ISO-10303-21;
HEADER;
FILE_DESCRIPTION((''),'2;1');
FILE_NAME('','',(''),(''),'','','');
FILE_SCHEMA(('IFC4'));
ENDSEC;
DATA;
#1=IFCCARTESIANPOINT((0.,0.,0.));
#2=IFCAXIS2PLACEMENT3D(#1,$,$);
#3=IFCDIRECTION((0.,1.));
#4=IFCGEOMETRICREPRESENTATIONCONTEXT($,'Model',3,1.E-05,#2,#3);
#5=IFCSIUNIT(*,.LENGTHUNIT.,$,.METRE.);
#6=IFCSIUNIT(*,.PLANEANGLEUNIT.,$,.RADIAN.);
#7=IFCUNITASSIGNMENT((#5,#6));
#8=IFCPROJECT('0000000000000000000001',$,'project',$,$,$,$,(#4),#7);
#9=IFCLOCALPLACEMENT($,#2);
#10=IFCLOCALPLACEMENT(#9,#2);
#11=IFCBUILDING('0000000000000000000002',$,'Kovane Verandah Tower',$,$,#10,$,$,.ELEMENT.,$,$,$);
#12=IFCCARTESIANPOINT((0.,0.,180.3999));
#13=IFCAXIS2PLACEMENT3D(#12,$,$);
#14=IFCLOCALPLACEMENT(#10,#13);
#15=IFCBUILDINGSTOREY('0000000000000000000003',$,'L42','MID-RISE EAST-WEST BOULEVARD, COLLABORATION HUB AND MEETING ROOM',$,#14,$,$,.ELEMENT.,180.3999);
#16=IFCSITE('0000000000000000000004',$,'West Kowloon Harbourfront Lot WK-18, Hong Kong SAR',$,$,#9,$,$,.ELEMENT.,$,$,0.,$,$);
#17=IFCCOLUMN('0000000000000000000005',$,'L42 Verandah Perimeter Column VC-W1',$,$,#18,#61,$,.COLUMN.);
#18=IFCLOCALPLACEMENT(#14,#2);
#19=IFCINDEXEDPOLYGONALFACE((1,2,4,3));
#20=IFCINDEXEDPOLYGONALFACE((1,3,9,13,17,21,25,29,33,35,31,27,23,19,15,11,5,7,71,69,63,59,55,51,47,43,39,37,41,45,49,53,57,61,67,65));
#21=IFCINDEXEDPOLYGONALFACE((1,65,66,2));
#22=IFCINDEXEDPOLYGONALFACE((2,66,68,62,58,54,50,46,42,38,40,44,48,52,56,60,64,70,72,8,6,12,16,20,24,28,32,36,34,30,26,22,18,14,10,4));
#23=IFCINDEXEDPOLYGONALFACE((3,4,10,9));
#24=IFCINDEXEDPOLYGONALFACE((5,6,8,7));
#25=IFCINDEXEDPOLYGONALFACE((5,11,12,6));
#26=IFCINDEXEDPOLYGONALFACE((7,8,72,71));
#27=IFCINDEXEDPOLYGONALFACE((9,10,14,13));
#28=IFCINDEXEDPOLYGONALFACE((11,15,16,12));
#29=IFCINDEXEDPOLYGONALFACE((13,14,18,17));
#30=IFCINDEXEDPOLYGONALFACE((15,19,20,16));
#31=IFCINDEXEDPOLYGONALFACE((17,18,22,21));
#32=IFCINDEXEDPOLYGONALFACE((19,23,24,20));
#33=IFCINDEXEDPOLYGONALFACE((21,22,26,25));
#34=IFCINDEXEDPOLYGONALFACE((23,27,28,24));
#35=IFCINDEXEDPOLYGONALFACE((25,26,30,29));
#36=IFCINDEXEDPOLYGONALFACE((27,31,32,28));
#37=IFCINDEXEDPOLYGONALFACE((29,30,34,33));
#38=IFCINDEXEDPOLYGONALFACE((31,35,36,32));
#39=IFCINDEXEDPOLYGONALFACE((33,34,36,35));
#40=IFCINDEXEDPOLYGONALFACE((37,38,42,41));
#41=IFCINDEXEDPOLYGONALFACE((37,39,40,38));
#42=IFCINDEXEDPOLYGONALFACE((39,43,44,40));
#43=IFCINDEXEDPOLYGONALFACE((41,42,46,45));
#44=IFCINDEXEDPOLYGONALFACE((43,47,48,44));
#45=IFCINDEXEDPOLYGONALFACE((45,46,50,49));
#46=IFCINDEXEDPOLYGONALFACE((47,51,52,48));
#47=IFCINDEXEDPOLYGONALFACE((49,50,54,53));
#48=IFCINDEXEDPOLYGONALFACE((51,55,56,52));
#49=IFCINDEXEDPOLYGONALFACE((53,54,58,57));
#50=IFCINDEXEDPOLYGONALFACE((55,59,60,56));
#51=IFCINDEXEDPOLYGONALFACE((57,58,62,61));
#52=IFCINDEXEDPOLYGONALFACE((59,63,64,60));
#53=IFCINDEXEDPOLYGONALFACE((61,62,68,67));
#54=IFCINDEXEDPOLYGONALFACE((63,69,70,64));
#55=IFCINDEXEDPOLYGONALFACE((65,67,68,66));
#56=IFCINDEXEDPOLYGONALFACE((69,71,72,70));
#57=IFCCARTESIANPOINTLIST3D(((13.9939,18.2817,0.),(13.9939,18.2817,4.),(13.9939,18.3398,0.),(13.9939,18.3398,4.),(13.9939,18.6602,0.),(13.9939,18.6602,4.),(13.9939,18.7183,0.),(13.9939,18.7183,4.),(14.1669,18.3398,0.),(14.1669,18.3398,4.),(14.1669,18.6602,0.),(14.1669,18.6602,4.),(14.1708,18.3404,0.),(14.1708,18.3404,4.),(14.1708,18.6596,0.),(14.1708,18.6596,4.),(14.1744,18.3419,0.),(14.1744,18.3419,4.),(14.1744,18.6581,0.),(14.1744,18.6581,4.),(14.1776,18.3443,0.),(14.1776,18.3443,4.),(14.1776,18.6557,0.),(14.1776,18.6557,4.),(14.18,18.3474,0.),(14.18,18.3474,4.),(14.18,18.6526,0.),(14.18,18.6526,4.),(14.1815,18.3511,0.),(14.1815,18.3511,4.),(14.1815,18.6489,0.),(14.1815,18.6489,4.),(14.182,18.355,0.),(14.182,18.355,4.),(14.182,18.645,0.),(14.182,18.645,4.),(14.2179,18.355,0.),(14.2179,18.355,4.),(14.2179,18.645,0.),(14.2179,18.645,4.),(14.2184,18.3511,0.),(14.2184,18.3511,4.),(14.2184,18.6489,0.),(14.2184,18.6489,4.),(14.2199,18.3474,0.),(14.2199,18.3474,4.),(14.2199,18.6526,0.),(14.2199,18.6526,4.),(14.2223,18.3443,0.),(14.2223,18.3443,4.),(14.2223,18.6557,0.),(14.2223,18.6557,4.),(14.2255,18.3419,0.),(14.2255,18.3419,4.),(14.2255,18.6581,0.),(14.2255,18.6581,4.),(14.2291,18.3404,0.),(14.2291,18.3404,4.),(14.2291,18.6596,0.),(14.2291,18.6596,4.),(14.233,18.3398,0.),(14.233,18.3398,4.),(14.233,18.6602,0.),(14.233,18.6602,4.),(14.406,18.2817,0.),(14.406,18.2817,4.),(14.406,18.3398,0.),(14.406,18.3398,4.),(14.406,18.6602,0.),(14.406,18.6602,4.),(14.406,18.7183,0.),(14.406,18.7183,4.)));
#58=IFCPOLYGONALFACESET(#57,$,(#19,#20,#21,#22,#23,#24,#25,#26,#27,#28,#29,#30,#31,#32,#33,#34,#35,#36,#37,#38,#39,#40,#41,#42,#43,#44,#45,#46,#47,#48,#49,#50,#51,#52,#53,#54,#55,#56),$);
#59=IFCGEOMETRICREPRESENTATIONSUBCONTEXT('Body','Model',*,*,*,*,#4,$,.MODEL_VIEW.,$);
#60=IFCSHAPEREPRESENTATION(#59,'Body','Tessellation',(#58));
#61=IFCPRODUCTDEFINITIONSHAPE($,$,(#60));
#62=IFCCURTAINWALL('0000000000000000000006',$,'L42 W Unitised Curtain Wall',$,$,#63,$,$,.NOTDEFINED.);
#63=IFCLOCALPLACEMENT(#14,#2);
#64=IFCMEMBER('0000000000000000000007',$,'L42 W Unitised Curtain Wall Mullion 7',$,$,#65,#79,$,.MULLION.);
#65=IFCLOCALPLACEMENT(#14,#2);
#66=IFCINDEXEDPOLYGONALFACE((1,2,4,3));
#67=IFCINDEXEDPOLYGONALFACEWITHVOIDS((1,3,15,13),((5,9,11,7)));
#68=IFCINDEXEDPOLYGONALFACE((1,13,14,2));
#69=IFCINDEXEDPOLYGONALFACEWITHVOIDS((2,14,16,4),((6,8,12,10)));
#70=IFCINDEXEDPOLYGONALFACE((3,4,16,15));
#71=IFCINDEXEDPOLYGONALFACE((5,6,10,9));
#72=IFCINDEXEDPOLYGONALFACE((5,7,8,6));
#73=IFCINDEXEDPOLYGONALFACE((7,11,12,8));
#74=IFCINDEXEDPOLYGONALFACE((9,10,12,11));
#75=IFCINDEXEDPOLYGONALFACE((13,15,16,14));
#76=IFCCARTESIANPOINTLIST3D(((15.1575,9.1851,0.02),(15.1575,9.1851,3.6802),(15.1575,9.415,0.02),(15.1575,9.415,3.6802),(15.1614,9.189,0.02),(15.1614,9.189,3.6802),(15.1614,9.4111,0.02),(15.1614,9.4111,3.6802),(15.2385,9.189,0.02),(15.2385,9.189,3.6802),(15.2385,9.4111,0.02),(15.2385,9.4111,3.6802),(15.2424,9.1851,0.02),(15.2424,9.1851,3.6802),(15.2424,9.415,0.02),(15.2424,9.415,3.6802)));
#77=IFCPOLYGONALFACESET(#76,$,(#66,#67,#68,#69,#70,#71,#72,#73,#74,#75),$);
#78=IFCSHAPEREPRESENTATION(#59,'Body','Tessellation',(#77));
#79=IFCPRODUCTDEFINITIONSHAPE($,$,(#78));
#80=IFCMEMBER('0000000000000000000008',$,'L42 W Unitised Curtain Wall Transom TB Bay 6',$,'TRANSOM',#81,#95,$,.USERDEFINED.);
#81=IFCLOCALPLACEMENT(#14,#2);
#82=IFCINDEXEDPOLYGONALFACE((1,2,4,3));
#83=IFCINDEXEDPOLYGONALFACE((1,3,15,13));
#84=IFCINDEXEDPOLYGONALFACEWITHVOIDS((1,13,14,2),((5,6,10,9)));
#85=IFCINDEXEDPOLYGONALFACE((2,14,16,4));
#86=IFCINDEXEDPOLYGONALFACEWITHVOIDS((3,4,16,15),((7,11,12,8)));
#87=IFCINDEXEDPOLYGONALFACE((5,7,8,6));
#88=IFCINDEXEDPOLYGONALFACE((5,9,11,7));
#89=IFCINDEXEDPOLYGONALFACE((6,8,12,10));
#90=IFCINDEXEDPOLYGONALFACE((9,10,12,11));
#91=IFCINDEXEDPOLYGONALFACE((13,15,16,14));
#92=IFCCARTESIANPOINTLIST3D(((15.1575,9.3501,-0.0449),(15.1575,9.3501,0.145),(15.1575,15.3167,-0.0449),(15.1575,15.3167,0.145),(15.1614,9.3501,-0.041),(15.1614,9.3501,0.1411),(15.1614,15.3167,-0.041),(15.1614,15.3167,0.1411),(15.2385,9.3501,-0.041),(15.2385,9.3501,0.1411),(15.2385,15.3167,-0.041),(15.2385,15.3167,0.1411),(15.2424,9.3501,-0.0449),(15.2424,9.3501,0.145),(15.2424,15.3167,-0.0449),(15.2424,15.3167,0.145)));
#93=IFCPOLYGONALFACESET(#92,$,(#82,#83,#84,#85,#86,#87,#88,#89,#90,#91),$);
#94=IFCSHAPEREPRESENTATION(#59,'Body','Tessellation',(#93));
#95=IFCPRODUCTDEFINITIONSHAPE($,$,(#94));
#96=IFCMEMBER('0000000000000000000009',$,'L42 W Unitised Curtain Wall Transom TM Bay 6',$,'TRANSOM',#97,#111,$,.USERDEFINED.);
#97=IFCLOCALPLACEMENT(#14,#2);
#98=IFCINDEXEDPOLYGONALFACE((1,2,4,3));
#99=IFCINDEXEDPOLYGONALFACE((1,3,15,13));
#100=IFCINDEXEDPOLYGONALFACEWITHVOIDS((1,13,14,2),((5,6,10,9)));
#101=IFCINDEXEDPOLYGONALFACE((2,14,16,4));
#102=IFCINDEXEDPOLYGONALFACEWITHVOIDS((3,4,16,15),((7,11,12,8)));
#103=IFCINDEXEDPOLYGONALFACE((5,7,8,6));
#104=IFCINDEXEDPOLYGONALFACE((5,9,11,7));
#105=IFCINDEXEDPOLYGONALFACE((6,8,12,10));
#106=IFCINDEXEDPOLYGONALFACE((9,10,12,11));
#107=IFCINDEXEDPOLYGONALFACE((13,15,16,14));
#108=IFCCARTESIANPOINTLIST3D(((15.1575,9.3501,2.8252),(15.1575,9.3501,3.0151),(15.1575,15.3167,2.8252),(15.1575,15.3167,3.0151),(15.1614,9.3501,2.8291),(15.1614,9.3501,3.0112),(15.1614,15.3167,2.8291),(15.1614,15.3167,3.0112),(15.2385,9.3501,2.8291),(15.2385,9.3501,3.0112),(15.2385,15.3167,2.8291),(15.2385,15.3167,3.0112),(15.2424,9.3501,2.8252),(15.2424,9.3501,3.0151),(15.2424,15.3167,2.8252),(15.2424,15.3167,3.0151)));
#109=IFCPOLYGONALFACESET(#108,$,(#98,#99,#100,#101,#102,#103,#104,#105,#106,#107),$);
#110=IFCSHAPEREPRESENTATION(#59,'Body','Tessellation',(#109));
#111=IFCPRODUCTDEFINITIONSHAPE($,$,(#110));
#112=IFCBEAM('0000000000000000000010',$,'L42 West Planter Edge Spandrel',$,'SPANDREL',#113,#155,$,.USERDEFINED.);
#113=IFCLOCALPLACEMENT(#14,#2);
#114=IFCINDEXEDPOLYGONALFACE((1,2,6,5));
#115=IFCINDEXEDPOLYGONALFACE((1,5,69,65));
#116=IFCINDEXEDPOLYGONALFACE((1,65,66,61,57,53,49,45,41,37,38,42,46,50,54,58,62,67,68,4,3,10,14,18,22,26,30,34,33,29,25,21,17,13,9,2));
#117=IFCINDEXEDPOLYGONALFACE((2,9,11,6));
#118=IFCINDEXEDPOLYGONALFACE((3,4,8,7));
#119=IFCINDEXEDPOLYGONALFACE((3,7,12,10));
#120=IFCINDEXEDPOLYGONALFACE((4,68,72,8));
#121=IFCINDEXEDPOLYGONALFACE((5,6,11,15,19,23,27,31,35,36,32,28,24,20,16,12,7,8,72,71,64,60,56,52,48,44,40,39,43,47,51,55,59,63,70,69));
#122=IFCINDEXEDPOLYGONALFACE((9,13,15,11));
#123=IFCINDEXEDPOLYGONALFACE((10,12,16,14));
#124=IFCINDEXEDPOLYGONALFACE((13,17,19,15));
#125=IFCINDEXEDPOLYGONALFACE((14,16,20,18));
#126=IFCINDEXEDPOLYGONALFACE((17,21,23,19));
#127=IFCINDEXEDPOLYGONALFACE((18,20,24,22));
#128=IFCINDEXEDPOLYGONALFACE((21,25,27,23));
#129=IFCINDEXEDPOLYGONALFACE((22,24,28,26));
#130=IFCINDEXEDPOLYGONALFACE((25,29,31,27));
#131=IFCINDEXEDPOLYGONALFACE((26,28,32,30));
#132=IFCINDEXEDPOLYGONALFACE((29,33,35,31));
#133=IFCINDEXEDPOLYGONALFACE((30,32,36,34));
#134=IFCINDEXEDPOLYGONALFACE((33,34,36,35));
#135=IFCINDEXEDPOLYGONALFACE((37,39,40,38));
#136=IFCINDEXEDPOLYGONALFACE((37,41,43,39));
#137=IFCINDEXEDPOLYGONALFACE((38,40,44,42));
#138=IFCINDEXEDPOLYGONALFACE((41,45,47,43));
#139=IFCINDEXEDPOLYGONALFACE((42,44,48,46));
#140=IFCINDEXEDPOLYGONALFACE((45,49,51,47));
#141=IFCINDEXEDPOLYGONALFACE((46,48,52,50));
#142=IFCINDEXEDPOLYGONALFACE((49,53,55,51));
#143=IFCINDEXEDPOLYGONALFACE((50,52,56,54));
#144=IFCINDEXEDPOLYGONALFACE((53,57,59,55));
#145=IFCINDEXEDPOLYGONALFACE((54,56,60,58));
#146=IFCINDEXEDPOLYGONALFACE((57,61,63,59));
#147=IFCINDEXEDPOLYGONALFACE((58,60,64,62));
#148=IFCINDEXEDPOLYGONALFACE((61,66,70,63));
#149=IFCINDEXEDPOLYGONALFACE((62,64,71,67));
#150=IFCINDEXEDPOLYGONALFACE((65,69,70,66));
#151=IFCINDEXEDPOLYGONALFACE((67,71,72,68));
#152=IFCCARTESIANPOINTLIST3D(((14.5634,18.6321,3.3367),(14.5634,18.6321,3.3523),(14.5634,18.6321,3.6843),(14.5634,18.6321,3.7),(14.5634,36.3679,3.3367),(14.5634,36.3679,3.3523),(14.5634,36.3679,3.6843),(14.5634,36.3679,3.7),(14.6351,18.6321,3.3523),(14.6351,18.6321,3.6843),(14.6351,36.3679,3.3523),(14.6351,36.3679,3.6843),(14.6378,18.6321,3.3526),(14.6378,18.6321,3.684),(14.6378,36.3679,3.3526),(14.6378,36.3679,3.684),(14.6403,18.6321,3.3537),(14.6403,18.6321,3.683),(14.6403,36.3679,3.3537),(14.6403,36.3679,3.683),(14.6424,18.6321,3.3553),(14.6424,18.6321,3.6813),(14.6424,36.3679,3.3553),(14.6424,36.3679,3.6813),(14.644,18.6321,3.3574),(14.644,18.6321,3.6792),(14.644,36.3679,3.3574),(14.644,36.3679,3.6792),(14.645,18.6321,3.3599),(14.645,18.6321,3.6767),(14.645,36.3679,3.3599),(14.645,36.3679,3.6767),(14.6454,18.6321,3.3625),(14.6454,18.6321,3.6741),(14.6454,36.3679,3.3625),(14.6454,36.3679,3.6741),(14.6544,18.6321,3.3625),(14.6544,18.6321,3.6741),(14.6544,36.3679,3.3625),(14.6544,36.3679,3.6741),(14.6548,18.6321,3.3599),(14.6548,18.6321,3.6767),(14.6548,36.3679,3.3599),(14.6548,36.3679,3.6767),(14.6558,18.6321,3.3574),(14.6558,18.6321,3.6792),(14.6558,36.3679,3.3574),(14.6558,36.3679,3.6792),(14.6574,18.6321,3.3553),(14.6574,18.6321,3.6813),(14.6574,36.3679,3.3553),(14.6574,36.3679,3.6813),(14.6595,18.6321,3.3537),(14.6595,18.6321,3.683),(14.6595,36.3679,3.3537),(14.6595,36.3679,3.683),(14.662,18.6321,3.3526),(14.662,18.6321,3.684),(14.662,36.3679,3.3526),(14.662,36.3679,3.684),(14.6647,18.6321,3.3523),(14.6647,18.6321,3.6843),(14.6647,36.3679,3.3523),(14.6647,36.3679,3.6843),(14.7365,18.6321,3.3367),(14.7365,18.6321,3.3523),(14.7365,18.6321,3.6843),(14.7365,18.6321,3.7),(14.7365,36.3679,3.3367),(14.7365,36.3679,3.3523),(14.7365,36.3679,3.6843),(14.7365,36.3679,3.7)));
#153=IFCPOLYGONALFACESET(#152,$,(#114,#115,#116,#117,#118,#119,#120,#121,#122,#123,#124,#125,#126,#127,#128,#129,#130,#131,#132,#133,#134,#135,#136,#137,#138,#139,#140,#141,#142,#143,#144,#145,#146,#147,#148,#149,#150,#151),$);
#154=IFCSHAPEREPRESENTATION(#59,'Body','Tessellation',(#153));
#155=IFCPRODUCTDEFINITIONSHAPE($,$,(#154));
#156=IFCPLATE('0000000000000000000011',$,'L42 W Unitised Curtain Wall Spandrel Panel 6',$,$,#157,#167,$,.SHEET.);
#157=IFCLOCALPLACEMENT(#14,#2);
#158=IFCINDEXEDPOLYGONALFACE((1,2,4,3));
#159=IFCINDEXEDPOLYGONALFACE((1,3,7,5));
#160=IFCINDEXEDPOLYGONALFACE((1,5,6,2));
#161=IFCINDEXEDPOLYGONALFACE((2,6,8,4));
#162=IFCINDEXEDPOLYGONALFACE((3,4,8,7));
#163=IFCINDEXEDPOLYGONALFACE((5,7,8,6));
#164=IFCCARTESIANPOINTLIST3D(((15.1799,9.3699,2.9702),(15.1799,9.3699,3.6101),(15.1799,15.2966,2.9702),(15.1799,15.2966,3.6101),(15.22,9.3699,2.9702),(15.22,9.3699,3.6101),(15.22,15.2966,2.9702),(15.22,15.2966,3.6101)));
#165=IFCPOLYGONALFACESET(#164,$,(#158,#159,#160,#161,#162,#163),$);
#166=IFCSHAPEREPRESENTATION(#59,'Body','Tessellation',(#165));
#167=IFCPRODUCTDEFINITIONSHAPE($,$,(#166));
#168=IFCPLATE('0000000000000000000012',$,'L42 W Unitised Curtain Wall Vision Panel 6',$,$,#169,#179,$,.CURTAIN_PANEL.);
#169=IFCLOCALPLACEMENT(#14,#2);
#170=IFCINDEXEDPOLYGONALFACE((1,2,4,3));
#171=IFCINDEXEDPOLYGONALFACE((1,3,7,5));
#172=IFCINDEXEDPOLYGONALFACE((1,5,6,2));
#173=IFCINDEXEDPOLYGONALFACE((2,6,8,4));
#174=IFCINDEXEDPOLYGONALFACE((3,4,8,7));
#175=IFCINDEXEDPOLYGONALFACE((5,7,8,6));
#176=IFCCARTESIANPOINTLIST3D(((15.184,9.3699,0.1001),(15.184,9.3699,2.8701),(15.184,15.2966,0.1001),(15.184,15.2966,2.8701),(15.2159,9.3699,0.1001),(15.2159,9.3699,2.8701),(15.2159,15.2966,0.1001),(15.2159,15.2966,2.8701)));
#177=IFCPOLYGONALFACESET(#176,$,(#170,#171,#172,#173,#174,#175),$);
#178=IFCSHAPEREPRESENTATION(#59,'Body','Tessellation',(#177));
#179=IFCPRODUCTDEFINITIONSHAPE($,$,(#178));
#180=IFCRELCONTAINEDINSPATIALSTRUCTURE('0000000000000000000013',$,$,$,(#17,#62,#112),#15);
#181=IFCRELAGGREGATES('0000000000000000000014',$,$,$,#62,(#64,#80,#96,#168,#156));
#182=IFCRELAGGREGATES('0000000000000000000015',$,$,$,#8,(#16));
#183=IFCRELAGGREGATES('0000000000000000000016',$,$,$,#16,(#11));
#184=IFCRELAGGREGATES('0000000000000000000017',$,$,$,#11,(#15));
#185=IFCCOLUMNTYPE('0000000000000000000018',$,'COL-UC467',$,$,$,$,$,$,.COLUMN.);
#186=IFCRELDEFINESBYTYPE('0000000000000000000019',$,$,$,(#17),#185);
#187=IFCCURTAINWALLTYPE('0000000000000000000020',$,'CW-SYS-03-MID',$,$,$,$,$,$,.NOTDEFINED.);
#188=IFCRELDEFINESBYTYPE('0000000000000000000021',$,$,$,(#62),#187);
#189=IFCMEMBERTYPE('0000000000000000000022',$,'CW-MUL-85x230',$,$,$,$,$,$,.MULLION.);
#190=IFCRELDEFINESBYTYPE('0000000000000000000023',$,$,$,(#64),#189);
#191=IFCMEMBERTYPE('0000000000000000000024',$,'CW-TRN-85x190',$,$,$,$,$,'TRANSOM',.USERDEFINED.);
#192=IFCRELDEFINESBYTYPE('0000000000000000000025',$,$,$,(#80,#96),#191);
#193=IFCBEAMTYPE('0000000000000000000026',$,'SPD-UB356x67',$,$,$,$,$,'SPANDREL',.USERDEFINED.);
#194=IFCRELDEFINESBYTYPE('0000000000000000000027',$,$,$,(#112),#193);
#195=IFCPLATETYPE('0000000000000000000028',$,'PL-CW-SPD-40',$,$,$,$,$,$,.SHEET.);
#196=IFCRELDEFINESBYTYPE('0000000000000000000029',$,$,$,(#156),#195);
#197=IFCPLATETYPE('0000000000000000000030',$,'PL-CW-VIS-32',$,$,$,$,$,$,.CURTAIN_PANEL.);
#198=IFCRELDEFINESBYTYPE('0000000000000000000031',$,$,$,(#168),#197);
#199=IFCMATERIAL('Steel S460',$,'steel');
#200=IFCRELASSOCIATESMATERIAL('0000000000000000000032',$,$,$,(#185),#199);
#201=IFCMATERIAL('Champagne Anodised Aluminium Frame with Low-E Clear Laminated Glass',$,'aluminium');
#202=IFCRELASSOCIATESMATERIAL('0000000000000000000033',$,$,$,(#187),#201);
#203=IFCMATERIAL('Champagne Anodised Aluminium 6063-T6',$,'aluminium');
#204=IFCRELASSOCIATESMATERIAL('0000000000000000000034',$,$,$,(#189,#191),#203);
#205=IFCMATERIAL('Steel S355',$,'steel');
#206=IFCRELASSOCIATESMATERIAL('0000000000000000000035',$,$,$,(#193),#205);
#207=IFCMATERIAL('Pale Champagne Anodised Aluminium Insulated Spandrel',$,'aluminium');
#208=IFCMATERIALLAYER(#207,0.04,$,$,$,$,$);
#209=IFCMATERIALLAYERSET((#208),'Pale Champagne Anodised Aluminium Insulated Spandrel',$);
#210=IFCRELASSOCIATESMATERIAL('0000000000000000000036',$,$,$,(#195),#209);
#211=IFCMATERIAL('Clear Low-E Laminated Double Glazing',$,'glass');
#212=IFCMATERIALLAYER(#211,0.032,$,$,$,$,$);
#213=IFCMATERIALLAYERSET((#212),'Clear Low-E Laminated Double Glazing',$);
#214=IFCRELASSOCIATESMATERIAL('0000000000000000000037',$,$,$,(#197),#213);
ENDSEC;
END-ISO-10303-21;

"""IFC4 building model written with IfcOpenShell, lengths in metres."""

from ifc_helpers import new_model, si_unit, direction, frame, origin, origin_2d, place, context, subcontext, project, spatial, rectangle, hollow_rectangle, i_section, extrude, material, layer, layer_set, material_profile, profile_set, type_object, element, aggregate, save


model = new_model("IFC4")

# Units and contexts
model_context = context("Model", 3, precision=1e-05, world=origin(), true_north=direction((0.0, 1.0)))
body_context = subcontext(model_context, "Body", "Model", "MODEL_VIEW")
ifc_project = project(units=[si_unit("LENGTHUNIT", "METRE"), si_unit("PLANEANGLEUNIT", "RADIAN")], contexts=[model_context])

# Site, building, storey
site_placement = place(None, origin())
site = spatial("IfcSite", under=ifc_project, at=site_placement, Name="West Kowloon Harbourfront Lot WK-18, Hong Kong SAR", CompositionType="ELEMENT", RefElevation=0.0)
building_placement = place(site_placement, origin())
building = spatial("IfcBuilding", under=site, at=building_placement, Name="Kovane Verandah Tower", CompositionType="ELEMENT")
storey_placement = place(building_placement, frame((0.0, 0.0, 180.3999)))
storey = spatial("IfcBuildingStorey", under=building, at=storey_placement, Name="L42", Description="MID-RISE EAST-WEST BOULEVARD, COLLABORATION HUB AND MEETING ROOM", CompositionType="ELEMENT", Elevation=180.3999)

# Column
ifc_material_1 = material(Name="Steel S460", Category="steel")
ifc_material_profile_1 = material_profile(ifc_material_1, i_section(OverallWidth=0.4121, OverallDepth=0.4365, WebThickness=0.0359, FlangeThickness=0.0581, FilletRadius=0.0151, at=origin_2d()), Name="UC356x406x467")
ifc_profile_set_1 = profile_set([ifc_material_profile_1], Name="Steel S460")
column_type = type_object("IfcColumnType", Name="COL-UC467", PredefinedType="COLUMN", material=ifc_profile_set_1)
column_placement = place(storey_placement, frame((14.2, 18.5, 0.0), z_axis=(0.0, 0.0, 1.0), x_axis=(1.0, 0.0, 0.0)))
element("IfcColumn", 1, at=column_placement, inside=storey, type_object=column_type, Name="L42 Verandah Perimeter Column VC-W1", PredefinedType="COLUMN", context=body_context, shape_type="SweptSolid", body=[
    extrude(i_section(OverallWidth=0.4121, OverallDepth=0.4365, WebThickness=0.0359, FlangeThickness=0.0581, FilletRadius=0.0151, at=origin_2d()), origin(), (0.0, 0.0, 1.0), 4.0),
])

# Curtain wall, members
ifc_material_2 = material(Name="Champagne Anodised Aluminium Frame with Low-E Clear Laminated Glass", Category="aluminium")
curtain_wall_type = type_object("IfcCurtainWallType", Name="CW-SYS-03-MID", PredefinedType="NOTDEFINED", material=ifc_material_2)
curtain_wall_placement = place(storey_placement, origin())
curtain_wall = element("IfcCurtainWall", 2, at=curtain_wall_placement, inside=storey, type_object=curtain_wall_type, Name="L42 W Unitised Curtain Wall", PredefinedType="NOTDEFINED")
ifc_material_3 = material(Name="Champagne Anodised Aluminium 6063-T6", Category="aluminium")
ifc_material_profile_2 = material_profile(ifc_material_3, hollow_rectangle(XDim=0.085, YDim=0.23, WallThickness=0.0039, at=origin_2d()), Name="AL85x230x4")
ifc_profile_set_2 = profile_set([ifc_material_profile_2], Name="Champagne Anodised Aluminium 6063-T6")
member_type_1 = type_object("IfcMemberType", Name="CW-MUL-85x230", PredefinedType="MULLION", material=ifc_profile_set_2)
member_1_placement = place(storey_placement, frame((15.2, 9.3, 0.02), z_axis=(0.0, 0.0, 1.0), x_axis=(-1.0, 0.0, 0.0)))
member_1 = element("IfcMember", 3, at=member_1_placement, type_object=member_type_1, Name="L42 W Unitised Curtain Wall Mullion 7", PredefinedType="MULLION", context=body_context, shape_type="SweptSolid", body=[
    extrude(hollow_rectangle(XDim=0.085, YDim=0.23, WallThickness=0.0039, at=origin_2d()), origin(), (0.0, 0.0, 1.0), 3.6602),
])
ifc_material_profile_3 = material_profile(ifc_material_3, hollow_rectangle(XDim=0.085, YDim=0.1899, WallThickness=0.0039, at=origin_2d()), Name="AL85x190x4")
ifc_profile_set_3 = profile_set([ifc_material_profile_3], Name="Champagne Anodised Aluminium 6063-T6")
member_type_2 = type_object("IfcMemberType", Name="CW-TRN-85x190", ElementType="TRANSOM", PredefinedType="USERDEFINED", material=ifc_profile_set_3)
member_2_placement = place(storey_placement, frame((15.2, 15.3167, 0.05), z_axis=(0.0, -1.0, 0.0), x_axis=(1.0, 0.0, 0.0)))
member_2 = element("IfcMember", 4, at=member_2_placement, type_object=member_type_2, Name="L42 W Unitised Curtain Wall Transom TB Bay 6", ObjectType="TRANSOM", PredefinedType="USERDEFINED", context=body_context, shape_type="SweptSolid", body=[
    extrude(hollow_rectangle(XDim=0.085, YDim=0.1899, WallThickness=0.0039, at=origin_2d()), origin(), (0.0, 0.0, 1.0), 5.9666),
])
member_3_placement = place(storey_placement, frame((15.2, 15.3167, 2.9202), z_axis=(0.0, -1.0, 0.0), x_axis=(1.0, 0.0, 0.0)))
member_3 = element("IfcMember", 5, at=member_3_placement, type_object=member_type_2, Name="L42 W Unitised Curtain Wall Transom TM Bay 6", ObjectType="TRANSOM", PredefinedType="USERDEFINED", context=body_context, shape_type="SweptSolid", body=[
    extrude(hollow_rectangle(XDim=0.085, YDim=0.1899, WallThickness=0.0039, at=origin_2d()), origin(), (0.0, 0.0, 1.0), 5.9666),
])

# Beam
ifc_material_4 = material(Name="Steel S355", Category="steel")
ifc_material_profile_4 = material_profile(ifc_material_4, i_section(OverallWidth=0.1731, OverallDepth=0.3633, WebThickness=0.009, FlangeThickness=0.0156, FilletRadius=0.0103, at=origin_2d()), Name="UB356x171x67")
ifc_profile_set_4 = profile_set([ifc_material_profile_4], Name="Steel S355")
beam_type = type_object("IfcBeamType", Name="SPD-UB356x67", ElementType="SPANDREL", PredefinedType="USERDEFINED", material=ifc_profile_set_4)
beam_placement = place(storey_placement, frame((14.6499, 18.6321, 3.5183), z_axis=(0.0, 1.0, 0.0), x_axis=(-1.0, 0.0, 0.0)))
element("IfcBeam", 6, at=beam_placement, inside=storey, type_object=beam_type, Name="L42 West Planter Edge Spandrel", ObjectType="SPANDREL", PredefinedType="USERDEFINED", context=body_context, shape_type="SweptSolid", body=[
    extrude(i_section(OverallWidth=0.1731, OverallDepth=0.3633, WebThickness=0.009, FlangeThickness=0.0156, FilletRadius=0.0103, at=origin_2d()), origin(), (0.0, 0.0, 1.0), 17.7358),
])

# Plates
ifc_material_5 = material(Name="Pale Champagne Anodised Aluminium Insulated Spandrel", Category="aluminium")
ifc_layer_1 = layer(ifc_material_5, 0.04)
ifc_layer_set_1 = layer_set([ifc_layer_1], Name="Pale Champagne Anodised Aluminium Insulated Spandrel")
plate_type_1 = type_object("IfcPlateType", Name="PL-CW-SPD-40", PredefinedType="SHEET", material=ifc_layer_set_1)
plate_1_placement = place(storey_placement, frame((15.2, 12.3333, 2.9702), z_axis=(0.0, 0.0, 1.0), x_axis=(0.0, -1.0, 0.0)))
plate_1 = element("IfcPlate", 7, at=plate_1_placement, type_object=plate_type_1, Name="L42 W Unitised Curtain Wall Spandrel Panel 6", PredefinedType="SHEET", context=body_context, shape_type="SweptSolid", body=[
    extrude(rectangle(XDim=5.9268, YDim=0.04, at=origin_2d()), origin(), (0.0, 0.0, 1.0), 0.6399),
])
ifc_material_6 = material(Name="Clear Low-E Laminated Double Glazing", Category="glass")
ifc_layer_2 = layer(ifc_material_6, 0.032)
ifc_layer_set_2 = layer_set([ifc_layer_2], Name="Clear Low-E Laminated Double Glazing")
plate_type_2 = type_object("IfcPlateType", Name="PL-CW-VIS-32", PredefinedType="CURTAIN_PANEL", material=ifc_layer_set_2)
plate_2_placement = place(storey_placement, frame((15.2, 12.3333, 0.1001), z_axis=(0.0, 0.0, 1.0), x_axis=(0.0, -1.0, 0.0)))
plate_2 = element("IfcPlate", 8, at=plate_2_placement, type_object=plate_type_2, Name="L42 W Unitised Curtain Wall Vision Panel 6", PredefinedType="CURTAIN_PANEL", context=body_context, shape_type="SweptSolid", body=[
    extrude(rectangle(XDim=5.9268, YDim=0.032, at=origin_2d()), origin(), (0.0, 0.0, 1.0), 2.77),
])
aggregate(curtain_wall, [member_1, member_2, member_3, plate_2, plate_1])

save(model, "model.ifc")
